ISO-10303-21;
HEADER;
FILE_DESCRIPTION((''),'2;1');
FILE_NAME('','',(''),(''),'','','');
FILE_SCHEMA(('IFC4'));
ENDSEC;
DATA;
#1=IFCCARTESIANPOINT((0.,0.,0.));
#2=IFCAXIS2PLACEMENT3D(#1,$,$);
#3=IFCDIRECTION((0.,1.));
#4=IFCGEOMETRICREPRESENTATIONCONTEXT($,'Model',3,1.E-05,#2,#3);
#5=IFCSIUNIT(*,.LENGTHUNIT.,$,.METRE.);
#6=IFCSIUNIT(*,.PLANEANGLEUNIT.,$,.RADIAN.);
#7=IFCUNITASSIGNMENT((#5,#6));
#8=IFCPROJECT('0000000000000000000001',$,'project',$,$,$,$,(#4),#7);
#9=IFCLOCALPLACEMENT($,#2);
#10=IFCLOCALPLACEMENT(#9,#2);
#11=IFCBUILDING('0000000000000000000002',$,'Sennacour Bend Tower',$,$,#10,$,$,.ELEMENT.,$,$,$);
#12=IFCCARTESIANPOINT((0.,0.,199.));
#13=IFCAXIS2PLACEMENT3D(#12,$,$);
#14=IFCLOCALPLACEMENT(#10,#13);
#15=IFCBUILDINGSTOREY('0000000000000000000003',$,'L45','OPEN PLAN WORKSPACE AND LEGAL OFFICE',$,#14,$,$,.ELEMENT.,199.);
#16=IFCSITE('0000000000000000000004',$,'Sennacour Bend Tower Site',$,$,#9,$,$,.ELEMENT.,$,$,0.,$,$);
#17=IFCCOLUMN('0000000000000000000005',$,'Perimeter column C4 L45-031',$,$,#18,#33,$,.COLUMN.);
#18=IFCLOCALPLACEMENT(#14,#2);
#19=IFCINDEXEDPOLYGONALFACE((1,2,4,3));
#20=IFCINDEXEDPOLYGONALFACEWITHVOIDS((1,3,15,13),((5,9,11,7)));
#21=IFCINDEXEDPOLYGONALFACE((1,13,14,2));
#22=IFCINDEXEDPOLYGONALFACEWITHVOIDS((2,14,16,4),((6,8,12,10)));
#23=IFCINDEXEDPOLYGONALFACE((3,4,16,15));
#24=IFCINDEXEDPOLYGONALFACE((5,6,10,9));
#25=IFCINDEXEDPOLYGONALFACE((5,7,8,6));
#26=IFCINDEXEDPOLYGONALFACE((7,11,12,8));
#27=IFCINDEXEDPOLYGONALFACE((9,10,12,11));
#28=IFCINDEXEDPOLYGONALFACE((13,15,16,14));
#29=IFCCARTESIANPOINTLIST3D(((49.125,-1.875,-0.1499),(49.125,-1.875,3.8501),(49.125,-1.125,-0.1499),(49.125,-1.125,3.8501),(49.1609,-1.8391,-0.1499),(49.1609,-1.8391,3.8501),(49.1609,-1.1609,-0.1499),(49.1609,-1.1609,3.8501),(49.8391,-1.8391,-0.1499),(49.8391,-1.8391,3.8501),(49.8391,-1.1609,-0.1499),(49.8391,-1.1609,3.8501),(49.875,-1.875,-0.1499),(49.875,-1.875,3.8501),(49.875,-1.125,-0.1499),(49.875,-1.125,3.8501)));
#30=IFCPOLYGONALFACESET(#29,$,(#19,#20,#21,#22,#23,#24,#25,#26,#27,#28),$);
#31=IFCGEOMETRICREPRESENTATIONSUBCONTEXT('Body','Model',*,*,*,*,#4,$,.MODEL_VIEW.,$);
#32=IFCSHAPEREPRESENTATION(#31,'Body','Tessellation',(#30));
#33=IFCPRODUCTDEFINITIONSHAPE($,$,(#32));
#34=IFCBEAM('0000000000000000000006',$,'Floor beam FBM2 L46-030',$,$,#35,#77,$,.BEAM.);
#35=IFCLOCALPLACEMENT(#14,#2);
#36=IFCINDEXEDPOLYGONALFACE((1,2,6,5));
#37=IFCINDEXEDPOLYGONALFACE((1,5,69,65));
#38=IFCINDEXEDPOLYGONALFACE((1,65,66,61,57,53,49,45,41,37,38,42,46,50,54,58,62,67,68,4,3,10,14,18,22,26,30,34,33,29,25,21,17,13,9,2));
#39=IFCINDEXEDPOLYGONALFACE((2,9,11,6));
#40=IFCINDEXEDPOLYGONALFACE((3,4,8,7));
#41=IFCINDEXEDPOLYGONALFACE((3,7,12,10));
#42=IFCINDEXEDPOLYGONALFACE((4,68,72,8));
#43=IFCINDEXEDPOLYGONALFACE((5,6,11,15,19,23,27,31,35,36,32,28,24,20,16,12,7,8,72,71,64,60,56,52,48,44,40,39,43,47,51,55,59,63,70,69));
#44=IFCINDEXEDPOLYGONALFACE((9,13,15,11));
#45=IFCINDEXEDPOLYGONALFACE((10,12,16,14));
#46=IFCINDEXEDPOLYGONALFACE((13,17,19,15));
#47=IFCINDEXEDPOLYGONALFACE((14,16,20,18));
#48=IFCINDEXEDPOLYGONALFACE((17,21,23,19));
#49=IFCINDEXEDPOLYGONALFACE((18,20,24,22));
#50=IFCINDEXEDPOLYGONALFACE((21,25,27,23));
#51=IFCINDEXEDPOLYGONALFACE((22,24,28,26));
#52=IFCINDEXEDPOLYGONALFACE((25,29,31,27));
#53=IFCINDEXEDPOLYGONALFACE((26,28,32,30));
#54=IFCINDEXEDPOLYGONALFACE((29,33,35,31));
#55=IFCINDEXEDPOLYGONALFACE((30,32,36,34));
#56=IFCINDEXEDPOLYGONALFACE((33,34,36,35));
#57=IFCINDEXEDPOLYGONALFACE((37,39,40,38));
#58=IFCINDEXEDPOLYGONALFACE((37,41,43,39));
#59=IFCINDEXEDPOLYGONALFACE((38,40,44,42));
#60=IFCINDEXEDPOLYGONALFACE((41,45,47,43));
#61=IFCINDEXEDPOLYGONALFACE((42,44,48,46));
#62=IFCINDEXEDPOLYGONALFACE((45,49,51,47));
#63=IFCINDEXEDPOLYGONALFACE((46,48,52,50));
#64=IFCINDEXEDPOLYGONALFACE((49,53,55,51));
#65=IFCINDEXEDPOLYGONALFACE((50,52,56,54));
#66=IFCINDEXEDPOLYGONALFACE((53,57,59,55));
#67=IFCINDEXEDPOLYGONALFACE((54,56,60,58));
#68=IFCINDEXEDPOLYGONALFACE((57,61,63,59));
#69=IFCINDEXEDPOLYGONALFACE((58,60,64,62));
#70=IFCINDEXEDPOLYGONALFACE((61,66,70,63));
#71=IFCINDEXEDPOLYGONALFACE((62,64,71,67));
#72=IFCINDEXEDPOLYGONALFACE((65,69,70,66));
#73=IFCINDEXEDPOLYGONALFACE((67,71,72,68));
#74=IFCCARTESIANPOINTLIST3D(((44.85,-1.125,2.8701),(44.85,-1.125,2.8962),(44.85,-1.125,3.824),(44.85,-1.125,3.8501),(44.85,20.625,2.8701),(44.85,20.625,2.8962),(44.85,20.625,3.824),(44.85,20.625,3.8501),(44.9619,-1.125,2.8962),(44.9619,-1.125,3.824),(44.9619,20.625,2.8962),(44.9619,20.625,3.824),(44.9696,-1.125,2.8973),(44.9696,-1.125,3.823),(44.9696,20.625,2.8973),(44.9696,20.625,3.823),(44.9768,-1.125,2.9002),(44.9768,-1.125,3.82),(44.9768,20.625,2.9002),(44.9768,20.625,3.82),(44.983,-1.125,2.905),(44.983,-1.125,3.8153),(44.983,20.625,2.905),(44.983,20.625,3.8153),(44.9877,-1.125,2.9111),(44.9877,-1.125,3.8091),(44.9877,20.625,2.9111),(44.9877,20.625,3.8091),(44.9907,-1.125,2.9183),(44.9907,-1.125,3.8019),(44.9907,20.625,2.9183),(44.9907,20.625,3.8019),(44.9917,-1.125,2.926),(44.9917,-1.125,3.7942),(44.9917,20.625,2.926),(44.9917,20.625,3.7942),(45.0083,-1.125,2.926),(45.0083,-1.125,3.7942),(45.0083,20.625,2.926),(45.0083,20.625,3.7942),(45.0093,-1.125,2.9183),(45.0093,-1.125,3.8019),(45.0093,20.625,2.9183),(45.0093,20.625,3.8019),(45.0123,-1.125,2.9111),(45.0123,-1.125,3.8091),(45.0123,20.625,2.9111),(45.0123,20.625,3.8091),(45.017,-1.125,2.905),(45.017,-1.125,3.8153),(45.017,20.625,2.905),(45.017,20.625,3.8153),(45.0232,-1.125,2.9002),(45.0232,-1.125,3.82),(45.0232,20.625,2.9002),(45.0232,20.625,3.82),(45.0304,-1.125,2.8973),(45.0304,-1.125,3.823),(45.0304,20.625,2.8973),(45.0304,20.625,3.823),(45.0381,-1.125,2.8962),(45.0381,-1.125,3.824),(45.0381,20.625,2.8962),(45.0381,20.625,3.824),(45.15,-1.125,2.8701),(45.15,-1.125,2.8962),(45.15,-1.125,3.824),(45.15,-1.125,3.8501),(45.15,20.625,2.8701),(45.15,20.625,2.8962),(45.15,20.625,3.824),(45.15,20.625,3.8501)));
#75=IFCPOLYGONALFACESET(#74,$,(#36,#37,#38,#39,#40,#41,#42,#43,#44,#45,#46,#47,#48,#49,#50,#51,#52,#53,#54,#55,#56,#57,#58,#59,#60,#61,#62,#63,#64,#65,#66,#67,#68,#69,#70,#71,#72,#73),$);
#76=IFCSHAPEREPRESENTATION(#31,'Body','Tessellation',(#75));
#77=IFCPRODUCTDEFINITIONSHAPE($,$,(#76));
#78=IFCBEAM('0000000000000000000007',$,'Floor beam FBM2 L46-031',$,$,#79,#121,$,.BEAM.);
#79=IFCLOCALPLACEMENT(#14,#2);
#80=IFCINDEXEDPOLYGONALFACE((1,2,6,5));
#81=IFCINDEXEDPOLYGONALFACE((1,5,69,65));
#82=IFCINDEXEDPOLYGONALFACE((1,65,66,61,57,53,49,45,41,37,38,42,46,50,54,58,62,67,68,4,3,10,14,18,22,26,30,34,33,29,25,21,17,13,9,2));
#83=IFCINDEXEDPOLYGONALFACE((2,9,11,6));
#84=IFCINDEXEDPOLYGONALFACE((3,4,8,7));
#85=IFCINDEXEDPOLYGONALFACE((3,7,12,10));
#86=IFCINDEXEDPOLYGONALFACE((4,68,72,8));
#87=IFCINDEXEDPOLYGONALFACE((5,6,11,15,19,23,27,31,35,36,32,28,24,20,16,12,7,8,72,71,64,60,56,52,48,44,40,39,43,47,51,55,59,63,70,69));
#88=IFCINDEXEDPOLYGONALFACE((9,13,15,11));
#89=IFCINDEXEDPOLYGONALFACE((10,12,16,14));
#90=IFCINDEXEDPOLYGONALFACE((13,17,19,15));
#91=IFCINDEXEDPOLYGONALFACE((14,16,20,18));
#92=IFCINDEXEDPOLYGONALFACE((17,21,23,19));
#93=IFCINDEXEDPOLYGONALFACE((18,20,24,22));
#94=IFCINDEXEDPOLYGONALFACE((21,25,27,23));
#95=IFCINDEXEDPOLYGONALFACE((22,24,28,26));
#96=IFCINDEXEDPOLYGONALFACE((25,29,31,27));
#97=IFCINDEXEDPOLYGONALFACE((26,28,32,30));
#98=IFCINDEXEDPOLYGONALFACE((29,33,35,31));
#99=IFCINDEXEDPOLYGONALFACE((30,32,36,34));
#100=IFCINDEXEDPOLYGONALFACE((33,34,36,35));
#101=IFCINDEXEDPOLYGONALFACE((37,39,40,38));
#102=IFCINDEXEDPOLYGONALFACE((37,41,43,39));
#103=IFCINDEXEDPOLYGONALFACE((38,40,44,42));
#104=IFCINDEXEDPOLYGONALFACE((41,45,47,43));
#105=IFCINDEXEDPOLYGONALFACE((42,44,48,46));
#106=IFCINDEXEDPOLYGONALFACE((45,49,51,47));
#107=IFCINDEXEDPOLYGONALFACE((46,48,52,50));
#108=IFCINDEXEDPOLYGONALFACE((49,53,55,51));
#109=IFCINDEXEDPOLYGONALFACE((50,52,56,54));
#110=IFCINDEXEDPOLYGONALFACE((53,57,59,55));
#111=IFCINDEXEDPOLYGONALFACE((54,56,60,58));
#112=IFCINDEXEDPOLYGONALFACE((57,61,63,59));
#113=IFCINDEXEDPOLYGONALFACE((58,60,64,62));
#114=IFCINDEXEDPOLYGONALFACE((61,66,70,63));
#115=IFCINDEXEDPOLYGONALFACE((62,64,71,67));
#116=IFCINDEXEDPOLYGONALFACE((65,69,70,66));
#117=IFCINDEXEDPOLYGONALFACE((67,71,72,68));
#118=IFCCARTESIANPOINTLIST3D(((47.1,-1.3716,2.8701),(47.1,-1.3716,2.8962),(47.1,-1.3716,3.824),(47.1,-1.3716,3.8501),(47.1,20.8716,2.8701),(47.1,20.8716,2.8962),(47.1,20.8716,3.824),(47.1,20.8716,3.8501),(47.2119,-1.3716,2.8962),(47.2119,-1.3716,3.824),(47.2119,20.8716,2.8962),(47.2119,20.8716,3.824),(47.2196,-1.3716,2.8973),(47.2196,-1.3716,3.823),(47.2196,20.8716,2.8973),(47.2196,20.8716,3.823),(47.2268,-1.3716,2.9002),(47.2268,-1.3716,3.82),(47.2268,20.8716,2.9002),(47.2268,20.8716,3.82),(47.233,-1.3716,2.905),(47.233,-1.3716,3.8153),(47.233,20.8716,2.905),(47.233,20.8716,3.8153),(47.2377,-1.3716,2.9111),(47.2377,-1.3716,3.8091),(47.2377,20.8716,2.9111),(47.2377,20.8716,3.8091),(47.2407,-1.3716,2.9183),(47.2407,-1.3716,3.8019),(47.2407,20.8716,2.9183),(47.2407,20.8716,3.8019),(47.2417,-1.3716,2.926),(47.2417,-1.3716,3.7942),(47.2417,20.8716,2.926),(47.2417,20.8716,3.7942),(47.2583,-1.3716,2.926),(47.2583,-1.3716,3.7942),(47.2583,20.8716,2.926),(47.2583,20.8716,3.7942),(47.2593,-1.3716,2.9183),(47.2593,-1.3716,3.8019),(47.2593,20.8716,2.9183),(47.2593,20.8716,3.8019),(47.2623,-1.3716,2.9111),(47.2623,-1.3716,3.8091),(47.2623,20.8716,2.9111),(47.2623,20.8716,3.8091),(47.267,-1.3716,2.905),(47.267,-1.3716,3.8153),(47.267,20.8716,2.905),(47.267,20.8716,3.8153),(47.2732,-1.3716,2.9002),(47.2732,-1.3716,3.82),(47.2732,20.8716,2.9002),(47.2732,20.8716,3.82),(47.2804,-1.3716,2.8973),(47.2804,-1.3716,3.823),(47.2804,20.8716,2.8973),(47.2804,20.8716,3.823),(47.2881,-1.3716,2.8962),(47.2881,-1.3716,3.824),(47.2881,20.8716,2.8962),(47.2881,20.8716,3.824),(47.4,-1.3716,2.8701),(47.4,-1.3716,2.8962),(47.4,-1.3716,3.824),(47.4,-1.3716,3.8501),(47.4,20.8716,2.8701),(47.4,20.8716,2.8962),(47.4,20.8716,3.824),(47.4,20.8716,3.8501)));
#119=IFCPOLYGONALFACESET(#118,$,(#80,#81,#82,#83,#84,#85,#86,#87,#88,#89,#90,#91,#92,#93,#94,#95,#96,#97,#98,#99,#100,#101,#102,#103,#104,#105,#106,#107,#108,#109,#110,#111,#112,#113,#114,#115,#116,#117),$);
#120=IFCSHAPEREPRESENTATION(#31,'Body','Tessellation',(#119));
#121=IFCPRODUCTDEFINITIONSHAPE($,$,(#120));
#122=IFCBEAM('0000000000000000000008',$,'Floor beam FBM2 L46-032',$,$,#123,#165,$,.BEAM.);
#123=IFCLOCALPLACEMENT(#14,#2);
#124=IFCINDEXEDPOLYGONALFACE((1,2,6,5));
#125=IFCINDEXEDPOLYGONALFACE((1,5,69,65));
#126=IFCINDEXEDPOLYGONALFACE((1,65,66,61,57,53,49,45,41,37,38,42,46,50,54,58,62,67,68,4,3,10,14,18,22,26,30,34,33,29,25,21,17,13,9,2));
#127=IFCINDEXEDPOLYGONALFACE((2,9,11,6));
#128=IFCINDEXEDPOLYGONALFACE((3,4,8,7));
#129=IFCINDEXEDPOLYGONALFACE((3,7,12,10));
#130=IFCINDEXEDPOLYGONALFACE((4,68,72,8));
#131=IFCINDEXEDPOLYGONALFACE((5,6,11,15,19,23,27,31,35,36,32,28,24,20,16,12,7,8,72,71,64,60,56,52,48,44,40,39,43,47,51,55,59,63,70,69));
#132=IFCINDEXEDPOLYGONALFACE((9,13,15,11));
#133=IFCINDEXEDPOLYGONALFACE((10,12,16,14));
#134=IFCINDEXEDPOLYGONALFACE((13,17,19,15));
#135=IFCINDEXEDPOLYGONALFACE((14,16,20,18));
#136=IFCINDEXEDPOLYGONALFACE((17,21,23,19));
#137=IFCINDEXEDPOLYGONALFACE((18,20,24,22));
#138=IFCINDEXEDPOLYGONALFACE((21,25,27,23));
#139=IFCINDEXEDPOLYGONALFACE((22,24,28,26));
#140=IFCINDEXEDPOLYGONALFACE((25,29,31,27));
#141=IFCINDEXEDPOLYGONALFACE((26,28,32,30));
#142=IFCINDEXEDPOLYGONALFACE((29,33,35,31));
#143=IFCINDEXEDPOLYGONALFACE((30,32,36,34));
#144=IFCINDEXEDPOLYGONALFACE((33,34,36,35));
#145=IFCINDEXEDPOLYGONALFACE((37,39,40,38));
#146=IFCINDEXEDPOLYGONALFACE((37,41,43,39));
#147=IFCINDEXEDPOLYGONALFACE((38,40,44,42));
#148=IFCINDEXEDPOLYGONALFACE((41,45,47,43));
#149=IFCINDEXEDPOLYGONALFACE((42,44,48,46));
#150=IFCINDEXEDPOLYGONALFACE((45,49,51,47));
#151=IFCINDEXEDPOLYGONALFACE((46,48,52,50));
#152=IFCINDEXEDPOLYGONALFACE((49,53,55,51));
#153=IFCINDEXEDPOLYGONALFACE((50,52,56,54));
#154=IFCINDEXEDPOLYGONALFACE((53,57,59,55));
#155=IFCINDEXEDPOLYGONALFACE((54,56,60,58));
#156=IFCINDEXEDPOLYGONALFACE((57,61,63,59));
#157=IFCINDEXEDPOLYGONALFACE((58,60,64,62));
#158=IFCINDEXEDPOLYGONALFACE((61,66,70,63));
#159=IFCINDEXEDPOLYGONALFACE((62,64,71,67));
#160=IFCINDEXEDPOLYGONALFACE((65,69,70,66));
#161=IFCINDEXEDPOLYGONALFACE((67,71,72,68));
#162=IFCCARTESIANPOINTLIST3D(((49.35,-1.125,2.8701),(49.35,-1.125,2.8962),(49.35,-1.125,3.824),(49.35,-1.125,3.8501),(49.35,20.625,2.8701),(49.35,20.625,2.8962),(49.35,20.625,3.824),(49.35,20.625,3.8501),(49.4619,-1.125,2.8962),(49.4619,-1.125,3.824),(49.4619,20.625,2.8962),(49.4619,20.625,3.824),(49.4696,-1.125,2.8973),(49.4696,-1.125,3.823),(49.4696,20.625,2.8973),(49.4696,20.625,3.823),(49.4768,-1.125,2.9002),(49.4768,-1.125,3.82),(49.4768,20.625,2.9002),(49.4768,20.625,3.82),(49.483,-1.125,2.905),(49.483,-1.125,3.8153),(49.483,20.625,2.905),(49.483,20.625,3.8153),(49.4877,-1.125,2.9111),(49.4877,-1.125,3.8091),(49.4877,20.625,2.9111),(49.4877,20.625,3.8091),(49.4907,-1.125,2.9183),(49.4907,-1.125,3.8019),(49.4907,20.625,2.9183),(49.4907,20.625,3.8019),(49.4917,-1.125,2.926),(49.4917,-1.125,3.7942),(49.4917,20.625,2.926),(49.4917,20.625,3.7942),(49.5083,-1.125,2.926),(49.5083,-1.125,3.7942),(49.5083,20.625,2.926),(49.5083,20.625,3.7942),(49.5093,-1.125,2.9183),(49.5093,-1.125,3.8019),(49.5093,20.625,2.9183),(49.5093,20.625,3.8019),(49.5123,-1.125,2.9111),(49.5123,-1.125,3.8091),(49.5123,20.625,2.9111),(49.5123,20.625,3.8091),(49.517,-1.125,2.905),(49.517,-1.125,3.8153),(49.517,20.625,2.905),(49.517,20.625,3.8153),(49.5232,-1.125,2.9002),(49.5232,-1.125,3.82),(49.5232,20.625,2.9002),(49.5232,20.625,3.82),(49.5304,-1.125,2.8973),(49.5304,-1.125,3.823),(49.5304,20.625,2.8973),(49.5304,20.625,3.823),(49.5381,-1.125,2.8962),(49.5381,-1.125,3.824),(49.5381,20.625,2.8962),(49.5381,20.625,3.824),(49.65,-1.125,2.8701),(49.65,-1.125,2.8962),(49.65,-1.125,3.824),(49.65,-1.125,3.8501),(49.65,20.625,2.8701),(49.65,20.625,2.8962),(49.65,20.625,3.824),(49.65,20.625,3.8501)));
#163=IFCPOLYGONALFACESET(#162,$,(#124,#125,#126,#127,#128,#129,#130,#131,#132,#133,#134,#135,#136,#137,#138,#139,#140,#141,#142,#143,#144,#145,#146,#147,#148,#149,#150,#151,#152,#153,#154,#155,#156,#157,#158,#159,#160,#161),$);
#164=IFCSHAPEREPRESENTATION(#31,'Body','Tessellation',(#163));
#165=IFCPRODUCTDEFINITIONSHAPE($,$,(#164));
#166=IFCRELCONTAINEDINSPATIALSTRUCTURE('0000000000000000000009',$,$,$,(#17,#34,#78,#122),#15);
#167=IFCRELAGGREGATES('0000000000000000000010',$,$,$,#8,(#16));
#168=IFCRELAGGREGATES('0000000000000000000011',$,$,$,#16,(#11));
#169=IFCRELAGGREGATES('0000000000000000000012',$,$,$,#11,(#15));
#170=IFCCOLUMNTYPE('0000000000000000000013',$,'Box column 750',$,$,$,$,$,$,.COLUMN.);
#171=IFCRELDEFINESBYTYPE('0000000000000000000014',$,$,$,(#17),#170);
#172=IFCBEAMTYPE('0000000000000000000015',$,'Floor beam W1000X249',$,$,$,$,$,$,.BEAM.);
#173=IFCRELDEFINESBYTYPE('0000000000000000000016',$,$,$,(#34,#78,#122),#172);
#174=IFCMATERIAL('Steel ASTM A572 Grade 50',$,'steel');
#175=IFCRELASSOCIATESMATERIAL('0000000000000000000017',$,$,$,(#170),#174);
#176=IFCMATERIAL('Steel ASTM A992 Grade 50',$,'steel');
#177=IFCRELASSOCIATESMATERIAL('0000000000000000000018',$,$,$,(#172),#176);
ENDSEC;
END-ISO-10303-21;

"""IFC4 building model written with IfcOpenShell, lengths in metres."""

from ifc_helpers import new_model, si_unit, direction, frame, origin, origin_2d, place, context, subcontext, project, spatial, hollow_rectangle, i_section, extrude, material, material_profile, profile_set, type_object, element, save


model = new_model("IFC4")

# Units and contexts
model_context = context("Model", 3, precision=1e-05, world=origin(), true_north=direction((0.0, 1.0)))
body_context = subcontext(model_context, "Body", "Model", "MODEL_VIEW")
ifc_project = project(units=[si_unit("LENGTHUNIT", "METRE"), si_unit("PLANEANGLEUNIT", "RADIAN")], contexts=[model_context])

# Site, building, storey
site_placement = place(None, origin())
site = spatial("IfcSite", under=ifc_project, at=site_placement, Name="Sennacour Bend Tower Site", CompositionType="ELEMENT", RefElevation=0.0)
building_placement = place(site_placement, origin())
building = spatial("IfcBuilding", under=site, at=building_placement, Name="Sennacour Bend Tower", CompositionType="ELEMENT")
storey_placement = place(building_placement, frame((0.0, 0.0, 199.0)))
storey = spatial("IfcBuildingStorey", under=building, at=storey_placement, Name="L45", Description="OPEN PLAN WORKSPACE AND LEGAL OFFICE", CompositionType="ELEMENT", Elevation=199.0)

# Column
ifc_material_1 = material(Name="Steel ASTM A572 Grade 50", Category="steel")
ifc_material_profile_1 = material_profile(ifc_material_1, hollow_rectangle(XDim=0.75, YDim=0.75, WallThickness=0.0359, at=origin_2d()), Name="Steel ASTM A572 Grade 50", Category="steel")
ifc_profile_set_1 = profile_set([ifc_material_profile_1], Name="Steel ASTM A572 Grade 50")
column_type = type_object("IfcColumnType", Name="Box column 750", PredefinedType="COLUMN", material=ifc_profile_set_1)
column_placement = place(storey_placement, frame((49.5, -1.5, -0.1499), z_axis=(0.0, 0.0, 1.0), x_axis=(1.0, 0.0, 0.0)))
element("IfcColumn", 1, at=column_placement, inside=storey, type_object=column_type, Name="Perimeter column C4 L45-031", PredefinedType="COLUMN", context=body_context, shape_type="SweptSolid", body=[
    extrude(hollow_rectangle(XDim=0.75, YDim=0.75, WallThickness=0.0359, at=origin_2d()), origin(), (0.0, 0.0, 1.0), 4.0),
])

# Beams
ifc_material_2 = material(Name="Steel ASTM A992 Grade 50", Category="steel")
ifc_material_profile_2 = material_profile(ifc_material_2, i_section(OverallWidth=0.3, OverallDepth=0.98, WebThickness=0.0166, FlangeThickness=0.0261, FilletRadius=0.0298, at=origin_2d()), Name="Steel ASTM A992 Grade 50", Category="steel")
ifc_profile_set_2 = profile_set([ifc_material_profile_2], Name="Steel ASTM A992 Grade 50")
beam_type_1 = type_object("IfcBeamType", Name="Floor beam W1000X249", PredefinedType="BEAM", material=ifc_profile_set_2)
beam_1_placement = place(storey_placement, frame((45.0, -1.125, 3.3601), z_axis=(0.0, 1.0, 0.0), x_axis=(-1.0, 0.0, 0.0)))
element("IfcBeam", 2, at=beam_1_placement, inside=storey, type_object=beam_type_1, Name="Floor beam FBM2 L46-030", PredefinedType="BEAM", context=body_context, shape_type="SweptSolid", body=[
    extrude(i_section(OverallWidth=0.3, OverallDepth=0.98, WebThickness=0.0166, FlangeThickness=0.0261, FilletRadius=0.0298, at=origin_2d()), origin(), (0.0, 0.0, 1.0), 21.75),
])
beam_2_placement = place(storey_placement, frame((47.25, -1.3716, 3.3601), z_axis=(0.0, 1.0, 0.0), x_axis=(-1.0, 0.0, 0.0)))
element("IfcBeam", 3, at=beam_2_placement, inside=storey, type_object=beam_type_1, Name="Floor beam FBM2 L46-031", PredefinedType="BEAM", context=body_context, shape_type="SweptSolid", body=[
    extrude(i_section(OverallWidth=0.3, OverallDepth=0.98, WebThickness=0.0166, FlangeThickness=0.0261, FilletRadius=0.0298, at=origin_2d()), origin(), (0.0, 0.0, 1.0), 22.2432),
])
beam_3_placement = place(storey_placement, frame((49.5, -1.125, 3.3601), z_axis=(0.0, 1.0, 0.0), x_axis=(-1.0, 0.0, 0.0)))
element("IfcBeam", 4, at=beam_3_placement, inside=storey, type_object=beam_type_1, Name="Floor beam FBM2 L46-032", PredefinedType="BEAM", context=body_context, shape_type="SweptSolid", body=[
    extrude(i_section(OverallWidth=0.3, OverallDepth=0.98, WebThickness=0.0166, FlangeThickness=0.0261, FilletRadius=0.0298, at=origin_2d()), origin(), (0.0, 0.0, 1.0), 21.75),
])

save(model, "model.ifc")
